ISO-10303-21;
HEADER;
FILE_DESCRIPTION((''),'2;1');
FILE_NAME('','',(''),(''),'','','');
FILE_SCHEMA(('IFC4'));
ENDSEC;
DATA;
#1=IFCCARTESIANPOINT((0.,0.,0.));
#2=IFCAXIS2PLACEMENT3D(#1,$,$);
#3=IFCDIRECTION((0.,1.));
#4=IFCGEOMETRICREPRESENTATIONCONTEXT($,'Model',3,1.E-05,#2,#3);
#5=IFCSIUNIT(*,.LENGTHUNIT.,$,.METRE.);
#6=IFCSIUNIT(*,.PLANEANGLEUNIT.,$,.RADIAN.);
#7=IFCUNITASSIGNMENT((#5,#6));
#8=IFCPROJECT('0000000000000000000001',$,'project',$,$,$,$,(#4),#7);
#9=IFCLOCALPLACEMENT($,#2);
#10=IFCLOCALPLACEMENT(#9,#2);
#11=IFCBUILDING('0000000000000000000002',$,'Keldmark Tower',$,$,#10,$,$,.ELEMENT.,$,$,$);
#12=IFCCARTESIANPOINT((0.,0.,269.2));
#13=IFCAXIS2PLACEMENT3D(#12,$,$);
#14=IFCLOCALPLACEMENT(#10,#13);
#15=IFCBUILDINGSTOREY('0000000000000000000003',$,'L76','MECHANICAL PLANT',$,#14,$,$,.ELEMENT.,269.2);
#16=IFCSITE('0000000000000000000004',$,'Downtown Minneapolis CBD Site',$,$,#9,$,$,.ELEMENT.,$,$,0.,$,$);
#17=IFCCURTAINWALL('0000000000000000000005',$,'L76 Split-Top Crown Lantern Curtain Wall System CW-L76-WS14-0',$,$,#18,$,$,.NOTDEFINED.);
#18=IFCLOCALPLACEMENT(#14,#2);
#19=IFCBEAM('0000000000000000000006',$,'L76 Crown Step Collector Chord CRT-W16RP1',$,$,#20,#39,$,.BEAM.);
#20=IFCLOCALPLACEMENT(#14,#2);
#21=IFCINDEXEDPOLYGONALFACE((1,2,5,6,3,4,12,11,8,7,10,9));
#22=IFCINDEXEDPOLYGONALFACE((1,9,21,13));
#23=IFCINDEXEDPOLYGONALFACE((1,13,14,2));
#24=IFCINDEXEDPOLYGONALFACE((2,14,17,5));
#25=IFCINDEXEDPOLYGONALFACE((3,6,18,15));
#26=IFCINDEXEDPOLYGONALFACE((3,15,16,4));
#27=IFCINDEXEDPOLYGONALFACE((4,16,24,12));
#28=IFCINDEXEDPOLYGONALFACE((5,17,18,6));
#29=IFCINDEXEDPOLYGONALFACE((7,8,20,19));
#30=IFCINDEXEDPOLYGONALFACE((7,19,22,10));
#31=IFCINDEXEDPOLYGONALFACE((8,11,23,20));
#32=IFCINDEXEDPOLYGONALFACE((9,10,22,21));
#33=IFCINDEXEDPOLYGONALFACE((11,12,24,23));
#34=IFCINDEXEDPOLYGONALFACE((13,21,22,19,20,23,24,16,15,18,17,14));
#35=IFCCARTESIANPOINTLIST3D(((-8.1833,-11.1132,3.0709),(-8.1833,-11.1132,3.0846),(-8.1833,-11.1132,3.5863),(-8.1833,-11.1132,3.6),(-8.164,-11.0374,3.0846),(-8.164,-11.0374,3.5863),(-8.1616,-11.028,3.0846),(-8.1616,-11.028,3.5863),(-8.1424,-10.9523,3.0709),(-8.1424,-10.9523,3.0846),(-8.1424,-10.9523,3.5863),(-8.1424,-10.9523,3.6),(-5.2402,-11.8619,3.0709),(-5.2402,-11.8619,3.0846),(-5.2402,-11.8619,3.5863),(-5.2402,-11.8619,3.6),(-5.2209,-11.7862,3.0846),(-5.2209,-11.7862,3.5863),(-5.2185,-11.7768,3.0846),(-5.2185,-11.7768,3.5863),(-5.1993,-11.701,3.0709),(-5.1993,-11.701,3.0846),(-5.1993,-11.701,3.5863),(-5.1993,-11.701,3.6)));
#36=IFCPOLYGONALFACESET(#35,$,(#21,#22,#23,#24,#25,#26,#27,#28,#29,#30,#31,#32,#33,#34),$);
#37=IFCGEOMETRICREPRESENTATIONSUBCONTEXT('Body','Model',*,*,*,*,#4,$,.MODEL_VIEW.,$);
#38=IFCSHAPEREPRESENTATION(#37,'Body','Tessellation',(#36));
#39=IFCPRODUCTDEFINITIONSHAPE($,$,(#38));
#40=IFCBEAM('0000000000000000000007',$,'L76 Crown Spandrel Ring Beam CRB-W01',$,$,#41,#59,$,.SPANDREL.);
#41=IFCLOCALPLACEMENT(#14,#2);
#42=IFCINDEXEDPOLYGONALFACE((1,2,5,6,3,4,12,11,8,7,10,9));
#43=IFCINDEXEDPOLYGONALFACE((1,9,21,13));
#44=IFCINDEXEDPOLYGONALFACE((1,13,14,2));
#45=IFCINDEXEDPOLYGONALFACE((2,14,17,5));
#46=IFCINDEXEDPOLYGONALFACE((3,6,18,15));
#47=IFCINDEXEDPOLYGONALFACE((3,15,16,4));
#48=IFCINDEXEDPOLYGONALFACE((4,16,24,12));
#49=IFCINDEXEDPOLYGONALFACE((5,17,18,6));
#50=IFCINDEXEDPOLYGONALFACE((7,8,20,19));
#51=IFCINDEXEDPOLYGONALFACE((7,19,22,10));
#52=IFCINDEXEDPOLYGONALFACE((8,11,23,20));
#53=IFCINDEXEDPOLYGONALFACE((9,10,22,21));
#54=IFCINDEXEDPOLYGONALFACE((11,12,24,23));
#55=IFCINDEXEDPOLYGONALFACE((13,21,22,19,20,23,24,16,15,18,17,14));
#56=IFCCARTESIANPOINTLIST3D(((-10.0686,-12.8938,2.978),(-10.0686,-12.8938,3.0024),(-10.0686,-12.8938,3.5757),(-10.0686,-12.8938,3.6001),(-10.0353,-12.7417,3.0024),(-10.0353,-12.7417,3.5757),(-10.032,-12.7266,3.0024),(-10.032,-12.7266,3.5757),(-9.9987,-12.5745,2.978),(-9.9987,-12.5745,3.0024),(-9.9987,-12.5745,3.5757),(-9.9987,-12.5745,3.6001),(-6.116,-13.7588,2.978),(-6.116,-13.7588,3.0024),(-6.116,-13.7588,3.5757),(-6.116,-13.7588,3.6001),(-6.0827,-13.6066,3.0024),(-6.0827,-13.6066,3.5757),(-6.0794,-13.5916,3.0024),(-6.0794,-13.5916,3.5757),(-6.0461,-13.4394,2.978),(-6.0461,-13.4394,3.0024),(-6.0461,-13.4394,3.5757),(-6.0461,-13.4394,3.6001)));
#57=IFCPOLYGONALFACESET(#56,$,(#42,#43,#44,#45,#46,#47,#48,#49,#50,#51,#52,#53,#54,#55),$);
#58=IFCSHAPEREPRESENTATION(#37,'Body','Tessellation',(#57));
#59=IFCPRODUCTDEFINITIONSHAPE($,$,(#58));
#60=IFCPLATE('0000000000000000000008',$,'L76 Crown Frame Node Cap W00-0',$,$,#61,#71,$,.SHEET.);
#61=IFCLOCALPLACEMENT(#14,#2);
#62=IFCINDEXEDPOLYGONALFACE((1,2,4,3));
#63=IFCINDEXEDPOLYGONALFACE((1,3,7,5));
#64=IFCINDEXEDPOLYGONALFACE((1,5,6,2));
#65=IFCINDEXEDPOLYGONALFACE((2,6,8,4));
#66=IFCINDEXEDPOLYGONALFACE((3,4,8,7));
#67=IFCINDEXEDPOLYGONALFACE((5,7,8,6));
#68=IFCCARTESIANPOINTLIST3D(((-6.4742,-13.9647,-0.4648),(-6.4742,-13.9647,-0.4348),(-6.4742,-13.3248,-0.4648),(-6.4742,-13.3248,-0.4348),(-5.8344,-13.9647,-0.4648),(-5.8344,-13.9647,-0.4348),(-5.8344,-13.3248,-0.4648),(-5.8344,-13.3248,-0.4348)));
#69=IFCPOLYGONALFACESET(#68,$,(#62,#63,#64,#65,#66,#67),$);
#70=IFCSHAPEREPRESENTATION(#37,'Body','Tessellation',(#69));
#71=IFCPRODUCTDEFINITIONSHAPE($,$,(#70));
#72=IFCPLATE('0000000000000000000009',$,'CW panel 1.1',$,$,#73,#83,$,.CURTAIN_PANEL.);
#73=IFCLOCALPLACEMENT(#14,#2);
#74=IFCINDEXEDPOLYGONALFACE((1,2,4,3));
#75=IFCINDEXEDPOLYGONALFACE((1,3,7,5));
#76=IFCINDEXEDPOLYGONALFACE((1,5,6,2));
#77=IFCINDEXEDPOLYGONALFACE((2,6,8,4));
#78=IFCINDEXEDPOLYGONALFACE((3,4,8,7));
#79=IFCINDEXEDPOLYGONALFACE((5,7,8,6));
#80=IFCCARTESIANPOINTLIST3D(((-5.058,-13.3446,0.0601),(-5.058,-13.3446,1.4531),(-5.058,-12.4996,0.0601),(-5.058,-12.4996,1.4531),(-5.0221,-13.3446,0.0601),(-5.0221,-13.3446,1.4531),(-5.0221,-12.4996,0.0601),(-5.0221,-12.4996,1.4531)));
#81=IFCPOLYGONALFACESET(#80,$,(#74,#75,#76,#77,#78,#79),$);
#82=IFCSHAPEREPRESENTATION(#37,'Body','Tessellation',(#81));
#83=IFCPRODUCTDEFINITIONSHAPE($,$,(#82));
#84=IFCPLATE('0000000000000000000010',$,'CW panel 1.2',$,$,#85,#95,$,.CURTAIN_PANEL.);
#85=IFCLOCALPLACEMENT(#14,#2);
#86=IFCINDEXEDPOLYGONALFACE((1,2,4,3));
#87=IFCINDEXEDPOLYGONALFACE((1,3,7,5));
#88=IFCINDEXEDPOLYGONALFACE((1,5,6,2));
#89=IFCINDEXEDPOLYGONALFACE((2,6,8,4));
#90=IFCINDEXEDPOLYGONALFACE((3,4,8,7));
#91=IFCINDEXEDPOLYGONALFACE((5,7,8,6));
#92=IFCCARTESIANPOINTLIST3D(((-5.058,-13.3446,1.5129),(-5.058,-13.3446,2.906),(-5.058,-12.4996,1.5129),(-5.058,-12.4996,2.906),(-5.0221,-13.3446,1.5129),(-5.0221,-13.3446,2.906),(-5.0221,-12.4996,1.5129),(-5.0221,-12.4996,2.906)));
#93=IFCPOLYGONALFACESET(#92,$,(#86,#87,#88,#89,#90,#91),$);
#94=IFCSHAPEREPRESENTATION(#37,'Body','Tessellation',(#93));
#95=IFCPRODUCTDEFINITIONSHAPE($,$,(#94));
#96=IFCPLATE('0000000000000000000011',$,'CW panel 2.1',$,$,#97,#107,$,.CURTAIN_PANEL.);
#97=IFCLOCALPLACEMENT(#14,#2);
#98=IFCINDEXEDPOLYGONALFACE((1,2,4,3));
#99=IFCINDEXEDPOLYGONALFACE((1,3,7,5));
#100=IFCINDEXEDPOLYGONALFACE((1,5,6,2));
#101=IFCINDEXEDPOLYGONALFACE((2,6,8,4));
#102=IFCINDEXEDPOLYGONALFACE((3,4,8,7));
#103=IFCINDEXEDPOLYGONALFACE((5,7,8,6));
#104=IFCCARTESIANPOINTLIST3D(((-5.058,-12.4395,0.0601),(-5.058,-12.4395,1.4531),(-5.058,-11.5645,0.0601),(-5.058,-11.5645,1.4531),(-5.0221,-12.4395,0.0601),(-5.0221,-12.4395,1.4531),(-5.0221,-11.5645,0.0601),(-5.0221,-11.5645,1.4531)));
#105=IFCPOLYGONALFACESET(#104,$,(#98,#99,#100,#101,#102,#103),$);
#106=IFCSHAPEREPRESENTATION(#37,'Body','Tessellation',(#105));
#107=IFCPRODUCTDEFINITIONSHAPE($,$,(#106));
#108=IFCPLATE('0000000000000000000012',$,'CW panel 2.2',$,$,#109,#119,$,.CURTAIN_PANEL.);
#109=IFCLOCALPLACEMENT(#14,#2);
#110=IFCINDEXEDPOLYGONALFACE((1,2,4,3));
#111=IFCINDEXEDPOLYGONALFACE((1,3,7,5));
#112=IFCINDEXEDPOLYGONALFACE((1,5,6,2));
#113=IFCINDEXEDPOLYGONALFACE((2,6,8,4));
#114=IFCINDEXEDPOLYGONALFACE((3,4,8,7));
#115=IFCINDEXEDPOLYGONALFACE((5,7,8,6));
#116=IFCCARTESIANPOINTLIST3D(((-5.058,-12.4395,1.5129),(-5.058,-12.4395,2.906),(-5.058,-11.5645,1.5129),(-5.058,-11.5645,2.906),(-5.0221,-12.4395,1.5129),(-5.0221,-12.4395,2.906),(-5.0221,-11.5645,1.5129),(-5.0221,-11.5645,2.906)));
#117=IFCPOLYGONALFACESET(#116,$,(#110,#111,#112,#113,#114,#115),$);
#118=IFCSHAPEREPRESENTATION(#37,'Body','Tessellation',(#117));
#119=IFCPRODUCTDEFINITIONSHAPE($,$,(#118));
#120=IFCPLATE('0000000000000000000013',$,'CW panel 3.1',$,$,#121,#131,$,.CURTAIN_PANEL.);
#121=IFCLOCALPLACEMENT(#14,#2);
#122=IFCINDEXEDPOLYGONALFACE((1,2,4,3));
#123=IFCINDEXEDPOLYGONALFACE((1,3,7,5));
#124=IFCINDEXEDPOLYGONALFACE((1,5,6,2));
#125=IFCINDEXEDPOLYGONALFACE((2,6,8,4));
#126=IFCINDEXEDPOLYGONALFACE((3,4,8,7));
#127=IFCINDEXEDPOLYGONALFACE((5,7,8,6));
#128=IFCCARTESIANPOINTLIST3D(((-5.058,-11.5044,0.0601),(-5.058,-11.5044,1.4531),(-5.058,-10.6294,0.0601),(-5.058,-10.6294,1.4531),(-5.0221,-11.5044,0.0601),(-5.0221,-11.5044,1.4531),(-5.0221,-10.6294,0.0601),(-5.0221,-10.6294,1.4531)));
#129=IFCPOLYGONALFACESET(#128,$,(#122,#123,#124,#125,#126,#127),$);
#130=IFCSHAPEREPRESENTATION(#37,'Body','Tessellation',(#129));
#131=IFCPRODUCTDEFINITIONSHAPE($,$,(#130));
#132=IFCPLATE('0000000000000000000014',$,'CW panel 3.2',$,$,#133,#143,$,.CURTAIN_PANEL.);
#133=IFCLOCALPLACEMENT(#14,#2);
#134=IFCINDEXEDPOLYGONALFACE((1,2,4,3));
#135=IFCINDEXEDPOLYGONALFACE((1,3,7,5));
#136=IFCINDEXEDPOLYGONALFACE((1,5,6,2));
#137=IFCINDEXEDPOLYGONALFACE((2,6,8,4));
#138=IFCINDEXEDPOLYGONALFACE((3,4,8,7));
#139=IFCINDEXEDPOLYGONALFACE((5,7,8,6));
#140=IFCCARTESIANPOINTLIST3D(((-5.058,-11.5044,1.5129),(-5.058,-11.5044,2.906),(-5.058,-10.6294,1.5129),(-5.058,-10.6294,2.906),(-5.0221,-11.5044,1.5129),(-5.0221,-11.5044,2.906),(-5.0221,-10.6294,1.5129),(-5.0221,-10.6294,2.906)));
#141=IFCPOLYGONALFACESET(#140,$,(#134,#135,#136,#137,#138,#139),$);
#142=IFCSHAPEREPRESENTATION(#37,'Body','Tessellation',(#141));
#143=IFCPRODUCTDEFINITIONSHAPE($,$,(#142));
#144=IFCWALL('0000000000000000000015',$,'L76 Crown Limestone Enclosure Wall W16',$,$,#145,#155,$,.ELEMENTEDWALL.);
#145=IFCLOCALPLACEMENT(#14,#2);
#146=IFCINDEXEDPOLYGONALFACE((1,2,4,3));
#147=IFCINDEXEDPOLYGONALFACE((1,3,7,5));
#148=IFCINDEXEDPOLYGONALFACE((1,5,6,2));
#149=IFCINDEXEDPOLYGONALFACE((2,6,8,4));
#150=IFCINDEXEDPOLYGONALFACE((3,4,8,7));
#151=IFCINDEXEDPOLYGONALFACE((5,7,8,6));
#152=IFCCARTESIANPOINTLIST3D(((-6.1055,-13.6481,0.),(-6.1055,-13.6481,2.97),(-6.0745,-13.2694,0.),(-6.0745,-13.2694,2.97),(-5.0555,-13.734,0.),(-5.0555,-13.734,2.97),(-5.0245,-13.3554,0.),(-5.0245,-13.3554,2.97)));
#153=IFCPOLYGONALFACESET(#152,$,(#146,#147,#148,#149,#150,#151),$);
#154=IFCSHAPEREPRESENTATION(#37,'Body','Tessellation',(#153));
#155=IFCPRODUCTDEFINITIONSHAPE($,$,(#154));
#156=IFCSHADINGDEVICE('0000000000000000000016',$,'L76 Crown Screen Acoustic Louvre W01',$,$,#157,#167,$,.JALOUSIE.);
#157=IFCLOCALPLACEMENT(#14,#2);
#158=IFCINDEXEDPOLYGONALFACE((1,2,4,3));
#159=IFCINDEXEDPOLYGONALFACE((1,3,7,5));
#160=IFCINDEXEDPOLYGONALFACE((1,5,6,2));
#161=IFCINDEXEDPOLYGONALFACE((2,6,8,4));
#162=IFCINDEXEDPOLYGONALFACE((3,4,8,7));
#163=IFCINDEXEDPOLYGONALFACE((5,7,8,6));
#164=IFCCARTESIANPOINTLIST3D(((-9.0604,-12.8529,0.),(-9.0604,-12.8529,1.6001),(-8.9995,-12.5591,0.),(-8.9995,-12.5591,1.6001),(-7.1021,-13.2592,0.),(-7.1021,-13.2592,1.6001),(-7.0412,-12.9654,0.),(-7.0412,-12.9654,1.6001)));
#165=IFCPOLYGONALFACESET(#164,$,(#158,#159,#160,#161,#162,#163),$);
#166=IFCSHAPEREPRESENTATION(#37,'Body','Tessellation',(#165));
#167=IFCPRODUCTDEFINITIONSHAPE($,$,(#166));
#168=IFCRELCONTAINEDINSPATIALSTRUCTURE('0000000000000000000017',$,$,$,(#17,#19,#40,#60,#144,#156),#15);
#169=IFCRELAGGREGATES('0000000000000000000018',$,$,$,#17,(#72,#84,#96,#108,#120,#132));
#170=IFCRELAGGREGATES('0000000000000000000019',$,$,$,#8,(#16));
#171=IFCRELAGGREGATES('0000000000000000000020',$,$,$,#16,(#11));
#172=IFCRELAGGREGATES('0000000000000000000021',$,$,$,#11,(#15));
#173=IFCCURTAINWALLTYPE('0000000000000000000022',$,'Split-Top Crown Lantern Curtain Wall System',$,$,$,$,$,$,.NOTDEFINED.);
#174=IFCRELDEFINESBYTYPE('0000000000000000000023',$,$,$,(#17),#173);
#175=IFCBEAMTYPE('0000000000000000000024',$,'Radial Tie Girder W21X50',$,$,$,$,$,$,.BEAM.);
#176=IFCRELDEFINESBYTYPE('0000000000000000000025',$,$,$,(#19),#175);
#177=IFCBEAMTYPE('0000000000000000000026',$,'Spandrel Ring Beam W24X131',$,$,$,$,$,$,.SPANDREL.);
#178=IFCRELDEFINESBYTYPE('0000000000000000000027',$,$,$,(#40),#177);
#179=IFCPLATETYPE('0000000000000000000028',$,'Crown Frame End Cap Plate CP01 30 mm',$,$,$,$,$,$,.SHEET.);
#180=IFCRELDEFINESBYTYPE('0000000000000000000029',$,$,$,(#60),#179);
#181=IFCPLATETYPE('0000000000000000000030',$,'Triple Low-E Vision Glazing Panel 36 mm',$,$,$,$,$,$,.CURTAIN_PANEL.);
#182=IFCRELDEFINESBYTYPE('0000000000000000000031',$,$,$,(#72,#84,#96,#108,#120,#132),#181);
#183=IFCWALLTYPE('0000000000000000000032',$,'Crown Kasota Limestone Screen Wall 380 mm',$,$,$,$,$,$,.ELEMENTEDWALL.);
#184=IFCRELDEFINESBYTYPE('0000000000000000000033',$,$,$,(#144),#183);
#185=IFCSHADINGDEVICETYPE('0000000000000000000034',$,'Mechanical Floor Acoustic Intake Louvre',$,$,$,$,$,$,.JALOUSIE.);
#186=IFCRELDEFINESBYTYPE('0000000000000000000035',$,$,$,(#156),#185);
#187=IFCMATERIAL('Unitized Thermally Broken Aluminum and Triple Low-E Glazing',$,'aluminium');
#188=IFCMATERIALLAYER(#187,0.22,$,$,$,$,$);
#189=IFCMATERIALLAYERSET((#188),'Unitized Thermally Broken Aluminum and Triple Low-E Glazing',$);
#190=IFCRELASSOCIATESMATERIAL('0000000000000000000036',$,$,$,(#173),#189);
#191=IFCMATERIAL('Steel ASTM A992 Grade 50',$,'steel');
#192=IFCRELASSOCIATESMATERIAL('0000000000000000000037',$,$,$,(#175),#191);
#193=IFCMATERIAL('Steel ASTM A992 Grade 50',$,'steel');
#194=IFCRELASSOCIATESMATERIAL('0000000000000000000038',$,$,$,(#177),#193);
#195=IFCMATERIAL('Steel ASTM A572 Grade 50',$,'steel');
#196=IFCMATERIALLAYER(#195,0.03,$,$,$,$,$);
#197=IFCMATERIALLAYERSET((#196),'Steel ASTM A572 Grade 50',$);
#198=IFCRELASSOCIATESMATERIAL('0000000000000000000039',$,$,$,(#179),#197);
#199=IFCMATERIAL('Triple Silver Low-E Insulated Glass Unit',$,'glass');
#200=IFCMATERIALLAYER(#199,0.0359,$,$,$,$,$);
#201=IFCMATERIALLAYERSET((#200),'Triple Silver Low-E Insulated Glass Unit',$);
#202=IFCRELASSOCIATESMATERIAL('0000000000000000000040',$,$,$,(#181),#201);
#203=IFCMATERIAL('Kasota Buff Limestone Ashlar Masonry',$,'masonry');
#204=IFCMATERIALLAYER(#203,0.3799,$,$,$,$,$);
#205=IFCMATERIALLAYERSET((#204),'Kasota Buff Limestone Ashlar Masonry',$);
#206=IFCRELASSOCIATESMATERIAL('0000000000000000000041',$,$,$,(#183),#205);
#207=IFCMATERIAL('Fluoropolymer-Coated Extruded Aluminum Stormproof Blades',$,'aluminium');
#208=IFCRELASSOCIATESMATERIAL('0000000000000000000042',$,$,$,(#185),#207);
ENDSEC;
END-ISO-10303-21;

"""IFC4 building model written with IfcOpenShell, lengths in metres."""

from ifc_helpers import new_model, si_unit, direction, frame, frame_2d, origin, origin_2d, place, context, subcontext, project, spatial, rectangle, i_section, extrude, material, layer, layer_set, material_profile, profile_set, type_object, element, aggregate, save


model = new_model("IFC4")

# Units and contexts
model_context = context("Model", 3, precision=1e-05, world=origin(), true_north=direction((0.0, 1.0)))
body_context = subcontext(model_context, "Body", "Model", "MODEL_VIEW")
ifc_project = project(units=[si_unit("LENGTHUNIT", "METRE"), si_unit("PLANEANGLEUNIT", "RADIAN")], contexts=[model_context])

# Site, building, storey
site_placement = place(None, origin())
site = spatial("IfcSite", under=ifc_project, at=site_placement, Name="Downtown Minneapolis CBD Site", CompositionType="ELEMENT", RefElevation=0.0)
building_placement = place(site_placement, origin())
building = spatial("IfcBuilding", under=site, at=building_placement, Name="Keldmark Tower", CompositionType="ELEMENT")
storey_placement = place(building_placement, frame((0.0, 0.0, 269.2)))
storey = spatial("IfcBuildingStorey", under=building, at=storey_placement, Name="L76", Description="MECHANICAL PLANT", CompositionType="ELEMENT", Elevation=269.2)

# Curtain wall
ifc_material_1 = material(Name="Unitized Thermally Broken Aluminum and Triple Low-E Glazing", Category="aluminium")
ifc_layer_1 = layer(ifc_material_1, 0.22)
ifc_layer_set_1 = layer_set([ifc_layer_1], Name="Unitized Thermally Broken Aluminum and Triple Low-E Glazing")
curtain_wall_type = type_object("IfcCurtainWallType", Name="Split-Top Crown Lantern Curtain Wall System", PredefinedType="NOTDEFINED", material=ifc_layer_set_1)
curtain_wall_placement = place(storey_placement, origin())
curtain_wall = element("IfcCurtainWall", 1, at=curtain_wall_placement, inside=storey, type_object=curtain_wall_type, Name="L76 Split-Top Crown Lantern Curtain Wall System CW-L76-WS14-0", PredefinedType="NOTDEFINED")

# Beams
ifc_material_2 = material(Name="Steel ASTM A992 Grade 50", Category="steel")
ifc_material_profile_1 = material_profile(ifc_material_2, i_section(OverallWidth=0.166, OverallDepth=0.5291, WebThickness=0.0098, FlangeThickness=0.0137, at=origin_2d()), Name="W21X50")
ifc_profile_set_1 = profile_set([ifc_material_profile_1], Name="Steel ASTM A992 Grade 50")
beam_type_1 = type_object("IfcBeamType", Name="Radial Tie Girder W21X50", PredefinedType="BEAM", material=ifc_profile_set_1)
beam_1_placement = place(storey_placement, frame((-5.2197, -11.7815, 3.3354), z_axis=(-0.969127, 0.246563, 0.0), x_axis=(-0.246563, -0.969127, 0.0)))
element("IfcBeam", 2, at=beam_1_placement, inside=storey, type_object=beam_type_1, Name="L76 Crown Step Collector Chord CRT-W16RP1", PredefinedType="BEAM", context=body_context, shape_type="SweptSolid", body=[
    extrude(i_section(OverallWidth=0.166, OverallDepth=0.5291, WebThickness=0.0098, FlangeThickness=0.0137, at=origin_2d()), origin(), (0.0, 0.0, 1.0), 3.0369),
])
ifc_material_3 = material(Name="Steel ASTM A992 Grade 50", Category="steel")
ifc_material_profile_2 = material_profile(ifc_material_3, i_section(OverallWidth=0.3269, OverallDepth=0.6221, WebThickness=0.0154, FlangeThickness=0.0244, at=origin_2d()), Name="W24X131")
ifc_profile_set_2 = profile_set([ifc_material_profile_2], Name="Steel ASTM A992 Grade 50")
beam_type_2 = type_object("IfcBeamType", Name="Spandrel Ring Beam W24X131", PredefinedType="SPANDREL", material=ifc_profile_set_2)
beam_2_placement = place(storey_placement, frame((-6.0811, -13.5991, 3.2891), z_axis=(-0.976882, 0.21378, 0.0), x_axis=(-0.21378, -0.976882, 0.0)))
element("IfcBeam", 3, at=beam_2_placement, inside=storey, type_object=beam_type_2, Name="L76 Crown Spandrel Ring Beam CRB-W01", PredefinedType="SPANDREL", context=body_context, shape_type="SweptSolid", body=[
    extrude(i_section(OverallWidth=0.3269, OverallDepth=0.6221, WebThickness=0.0154, FlangeThickness=0.0244, at=origin_2d()), origin(), (0.0, 0.0, 1.0), 4.0461),
])

# Plates
ifc_material_4 = material(Name="Steel ASTM A572 Grade 50", Category="steel")
ifc_layer_2 = layer(ifc_material_4, 0.03)
ifc_layer_set_2 = layer_set([ifc_layer_2], Name="Steel ASTM A572 Grade 50")
plate_type_1 = type_object("IfcPlateType", Name="Crown Frame End Cap Plate CP01 30 mm", PredefinedType="SHEET", material=ifc_layer_set_2)
plate_1_placement = place(storey_placement, frame((-6.1543, -13.6448, -0.4648), z_axis=(0.0, 0.0, 1.0), x_axis=(1.0, 0.0, 0.0)))
element("IfcPlate", 4, at=plate_1_placement, inside=storey, type_object=plate_type_1, Name="L76 Crown Frame Node Cap W00-0", PredefinedType="SHEET", context=body_context, shape_type="SweptSolid", body=[
    extrude(rectangle(XDim=0.6399, YDim=0.6399, at=origin_2d()), origin(), (0.0, 0.0, 1.0), 0.03),
])
ifc_material_5 = material(Name="Triple Silver Low-E Insulated Glass Unit", Category="glass")
ifc_layer_3 = layer(ifc_material_5, 0.0359)
ifc_layer_set_3 = layer_set([ifc_layer_3], Name="Triple Silver Low-E Insulated Glass Unit")
plate_type_2 = type_object("IfcPlateType", Name="Triple Low-E Vision Glazing Panel 36 mm", PredefinedType="CURTAIN_PANEL", material=ifc_layer_set_3)
plate_2_placement = place(storey_placement, frame((-5.04, -12.9221, 0.0601), z_axis=(0.0, 0.0, 1.0), x_axis=(0.0, 1.0, 0.0)))
plate_2 = element("IfcPlate", 5, at=plate_2_placement, type_object=plate_type_2, Name="CW panel 1.1", PredefinedType="CURTAIN_PANEL", context=body_context, shape_type="SweptSolid", body=[
    extrude(rectangle(XDim=0.845, YDim=0.0359, at=origin_2d()), origin(), (0.0, 0.0, 1.0), 1.3931),
])
plate_3_placement = place(storey_placement, frame((-5.04, -12.9221, 1.5129), z_axis=(0.0, 0.0, 1.0), x_axis=(0.0, 1.0, 0.0)))
plate_3 = element("IfcPlate", 6, at=plate_3_placement, type_object=plate_type_2, Name="CW panel 1.2", PredefinedType="CURTAIN_PANEL", context=body_context, shape_type="SweptSolid", body=[
    extrude(rectangle(XDim=0.845, YDim=0.0359, at=origin_2d()), origin(), (0.0, 0.0, 1.0), 1.3931),
])
plate_4_placement = place(storey_placement, frame((-5.04, -12.002, 0.0601), z_axis=(0.0, 0.0, 1.0), x_axis=(0.0, 1.0, 0.0)))
plate_4 = element("IfcPlate", 7, at=plate_4_placement, type_object=plate_type_2, Name="CW panel 2.1", PredefinedType="CURTAIN_PANEL", context=body_context, shape_type="SweptSolid", body=[
    extrude(rectangle(XDim=0.875, YDim=0.0359, at=origin_2d()), origin(), (0.0, 0.0, 1.0), 1.3931),
])
plate_5_placement = place(storey_placement, frame((-5.04, -12.002, 1.5129), z_axis=(0.0, 0.0, 1.0), x_axis=(0.0, 1.0, 0.0)))
plate_5 = element("IfcPlate", 8, at=plate_5_placement, type_object=plate_type_2, Name="CW panel 2.2", PredefinedType="CURTAIN_PANEL", context=body_context, shape_type="SweptSolid", body=[
    extrude(rectangle(XDim=0.875, YDim=0.0359, at=origin_2d()), origin(), (0.0, 0.0, 1.0), 1.3931),
])
plate_6_placement = place(storey_placement, frame((-5.04, -11.0669, 0.0601), z_axis=(0.0, 0.0, 1.0), x_axis=(0.0, 1.0, 0.0)))
plate_6 = element("IfcPlate", 9, at=plate_6_placement, type_object=plate_type_2, Name="CW panel 3.1", PredefinedType="CURTAIN_PANEL", context=body_context, shape_type="SweptSolid", body=[
    extrude(rectangle(XDim=0.875, YDim=0.0359, at=origin_2d()), origin(), (0.0, 0.0, 1.0), 1.3931),
])
plate_7_placement = place(storey_placement, frame((-5.04, -11.0669, 1.5129), z_axis=(0.0, 0.0, 1.0), x_axis=(0.0, 1.0, 0.0)))
plate_7 = element("IfcPlate", 10, at=plate_7_placement, type_object=plate_type_2, Name="CW panel 3.2", PredefinedType="CURTAIN_PANEL", context=body_context, shape_type="SweptSolid", body=[
    extrude(rectangle(XDim=0.875, YDim=0.0359, at=origin_2d()), origin(), (0.0, 0.0, 1.0), 1.3931),
])
aggregate(curtain_wall, [plate_2, plate_3, plate_4, plate_5, plate_6, plate_7])

# Wall
ifc_material_6 = material(Name="Kasota Buff Limestone Ashlar Masonry", Category="masonry")
ifc_layer_4 = layer(ifc_material_6, 0.3799)
ifc_layer_set_4 = layer_set([ifc_layer_4], Name="Kasota Buff Limestone Ashlar Masonry")
wall_type = type_object("IfcWallType", Name="Crown Kasota Limestone Screen Wall 380 mm", PredefinedType="ELEMENTEDWALL", material=ifc_layer_set_4)
wall_placement = place(storey_placement, frame((-6.0901, -13.4587, 0.0), z_axis=(0.0, 0.0, 1.0), x_axis=(0.996668, -0.081569, 0.0)))
element("IfcWall", 11, at=wall_placement, inside=storey, type_object=wall_type, Name="L76 Crown Limestone Enclosure Wall W16", PredefinedType="ELEMENTEDWALL", context=body_context, shape_type="SweptSolid", body=[
    extrude(rectangle(XDim=1.0535, YDim=0.3799, at=frame_2d((0.5269, 0.0))), origin(), (0.0, 0.0, 1.0), 2.97),
])

# Shading device
ifc_material_7 = material(Name="Fluoropolymer-Coated Extruded Aluminum Stormproof Blades", Category="aluminium")
shading_device_type = type_object("IfcShadingDeviceType", Name="Mechanical Floor Acoustic Intake Louvre", PredefinedType="JALOUSIE", material=ifc_material_7)
shading_device_placement = place(storey_placement, frame((-8.0508, -12.9092, 0.0), z_axis=(0.0, 0.0, 1.0), x_axis=(0.979148, -0.203146, 0.0)))
element("IfcShadingDevice", 12, at=shading_device_placement, inside=storey, type_object=shading_device_type, Name="L76 Crown Screen Acoustic Louvre W01", PredefinedType="JALOUSIE", context=body_context, shape_type="SweptSolid", body=[
    extrude(rectangle(XDim=2.0, YDim=0.3, at=origin_2d()), origin(), (0.0, 0.0, 1.0), 1.6001),
])

save(model, "model.ifc")
